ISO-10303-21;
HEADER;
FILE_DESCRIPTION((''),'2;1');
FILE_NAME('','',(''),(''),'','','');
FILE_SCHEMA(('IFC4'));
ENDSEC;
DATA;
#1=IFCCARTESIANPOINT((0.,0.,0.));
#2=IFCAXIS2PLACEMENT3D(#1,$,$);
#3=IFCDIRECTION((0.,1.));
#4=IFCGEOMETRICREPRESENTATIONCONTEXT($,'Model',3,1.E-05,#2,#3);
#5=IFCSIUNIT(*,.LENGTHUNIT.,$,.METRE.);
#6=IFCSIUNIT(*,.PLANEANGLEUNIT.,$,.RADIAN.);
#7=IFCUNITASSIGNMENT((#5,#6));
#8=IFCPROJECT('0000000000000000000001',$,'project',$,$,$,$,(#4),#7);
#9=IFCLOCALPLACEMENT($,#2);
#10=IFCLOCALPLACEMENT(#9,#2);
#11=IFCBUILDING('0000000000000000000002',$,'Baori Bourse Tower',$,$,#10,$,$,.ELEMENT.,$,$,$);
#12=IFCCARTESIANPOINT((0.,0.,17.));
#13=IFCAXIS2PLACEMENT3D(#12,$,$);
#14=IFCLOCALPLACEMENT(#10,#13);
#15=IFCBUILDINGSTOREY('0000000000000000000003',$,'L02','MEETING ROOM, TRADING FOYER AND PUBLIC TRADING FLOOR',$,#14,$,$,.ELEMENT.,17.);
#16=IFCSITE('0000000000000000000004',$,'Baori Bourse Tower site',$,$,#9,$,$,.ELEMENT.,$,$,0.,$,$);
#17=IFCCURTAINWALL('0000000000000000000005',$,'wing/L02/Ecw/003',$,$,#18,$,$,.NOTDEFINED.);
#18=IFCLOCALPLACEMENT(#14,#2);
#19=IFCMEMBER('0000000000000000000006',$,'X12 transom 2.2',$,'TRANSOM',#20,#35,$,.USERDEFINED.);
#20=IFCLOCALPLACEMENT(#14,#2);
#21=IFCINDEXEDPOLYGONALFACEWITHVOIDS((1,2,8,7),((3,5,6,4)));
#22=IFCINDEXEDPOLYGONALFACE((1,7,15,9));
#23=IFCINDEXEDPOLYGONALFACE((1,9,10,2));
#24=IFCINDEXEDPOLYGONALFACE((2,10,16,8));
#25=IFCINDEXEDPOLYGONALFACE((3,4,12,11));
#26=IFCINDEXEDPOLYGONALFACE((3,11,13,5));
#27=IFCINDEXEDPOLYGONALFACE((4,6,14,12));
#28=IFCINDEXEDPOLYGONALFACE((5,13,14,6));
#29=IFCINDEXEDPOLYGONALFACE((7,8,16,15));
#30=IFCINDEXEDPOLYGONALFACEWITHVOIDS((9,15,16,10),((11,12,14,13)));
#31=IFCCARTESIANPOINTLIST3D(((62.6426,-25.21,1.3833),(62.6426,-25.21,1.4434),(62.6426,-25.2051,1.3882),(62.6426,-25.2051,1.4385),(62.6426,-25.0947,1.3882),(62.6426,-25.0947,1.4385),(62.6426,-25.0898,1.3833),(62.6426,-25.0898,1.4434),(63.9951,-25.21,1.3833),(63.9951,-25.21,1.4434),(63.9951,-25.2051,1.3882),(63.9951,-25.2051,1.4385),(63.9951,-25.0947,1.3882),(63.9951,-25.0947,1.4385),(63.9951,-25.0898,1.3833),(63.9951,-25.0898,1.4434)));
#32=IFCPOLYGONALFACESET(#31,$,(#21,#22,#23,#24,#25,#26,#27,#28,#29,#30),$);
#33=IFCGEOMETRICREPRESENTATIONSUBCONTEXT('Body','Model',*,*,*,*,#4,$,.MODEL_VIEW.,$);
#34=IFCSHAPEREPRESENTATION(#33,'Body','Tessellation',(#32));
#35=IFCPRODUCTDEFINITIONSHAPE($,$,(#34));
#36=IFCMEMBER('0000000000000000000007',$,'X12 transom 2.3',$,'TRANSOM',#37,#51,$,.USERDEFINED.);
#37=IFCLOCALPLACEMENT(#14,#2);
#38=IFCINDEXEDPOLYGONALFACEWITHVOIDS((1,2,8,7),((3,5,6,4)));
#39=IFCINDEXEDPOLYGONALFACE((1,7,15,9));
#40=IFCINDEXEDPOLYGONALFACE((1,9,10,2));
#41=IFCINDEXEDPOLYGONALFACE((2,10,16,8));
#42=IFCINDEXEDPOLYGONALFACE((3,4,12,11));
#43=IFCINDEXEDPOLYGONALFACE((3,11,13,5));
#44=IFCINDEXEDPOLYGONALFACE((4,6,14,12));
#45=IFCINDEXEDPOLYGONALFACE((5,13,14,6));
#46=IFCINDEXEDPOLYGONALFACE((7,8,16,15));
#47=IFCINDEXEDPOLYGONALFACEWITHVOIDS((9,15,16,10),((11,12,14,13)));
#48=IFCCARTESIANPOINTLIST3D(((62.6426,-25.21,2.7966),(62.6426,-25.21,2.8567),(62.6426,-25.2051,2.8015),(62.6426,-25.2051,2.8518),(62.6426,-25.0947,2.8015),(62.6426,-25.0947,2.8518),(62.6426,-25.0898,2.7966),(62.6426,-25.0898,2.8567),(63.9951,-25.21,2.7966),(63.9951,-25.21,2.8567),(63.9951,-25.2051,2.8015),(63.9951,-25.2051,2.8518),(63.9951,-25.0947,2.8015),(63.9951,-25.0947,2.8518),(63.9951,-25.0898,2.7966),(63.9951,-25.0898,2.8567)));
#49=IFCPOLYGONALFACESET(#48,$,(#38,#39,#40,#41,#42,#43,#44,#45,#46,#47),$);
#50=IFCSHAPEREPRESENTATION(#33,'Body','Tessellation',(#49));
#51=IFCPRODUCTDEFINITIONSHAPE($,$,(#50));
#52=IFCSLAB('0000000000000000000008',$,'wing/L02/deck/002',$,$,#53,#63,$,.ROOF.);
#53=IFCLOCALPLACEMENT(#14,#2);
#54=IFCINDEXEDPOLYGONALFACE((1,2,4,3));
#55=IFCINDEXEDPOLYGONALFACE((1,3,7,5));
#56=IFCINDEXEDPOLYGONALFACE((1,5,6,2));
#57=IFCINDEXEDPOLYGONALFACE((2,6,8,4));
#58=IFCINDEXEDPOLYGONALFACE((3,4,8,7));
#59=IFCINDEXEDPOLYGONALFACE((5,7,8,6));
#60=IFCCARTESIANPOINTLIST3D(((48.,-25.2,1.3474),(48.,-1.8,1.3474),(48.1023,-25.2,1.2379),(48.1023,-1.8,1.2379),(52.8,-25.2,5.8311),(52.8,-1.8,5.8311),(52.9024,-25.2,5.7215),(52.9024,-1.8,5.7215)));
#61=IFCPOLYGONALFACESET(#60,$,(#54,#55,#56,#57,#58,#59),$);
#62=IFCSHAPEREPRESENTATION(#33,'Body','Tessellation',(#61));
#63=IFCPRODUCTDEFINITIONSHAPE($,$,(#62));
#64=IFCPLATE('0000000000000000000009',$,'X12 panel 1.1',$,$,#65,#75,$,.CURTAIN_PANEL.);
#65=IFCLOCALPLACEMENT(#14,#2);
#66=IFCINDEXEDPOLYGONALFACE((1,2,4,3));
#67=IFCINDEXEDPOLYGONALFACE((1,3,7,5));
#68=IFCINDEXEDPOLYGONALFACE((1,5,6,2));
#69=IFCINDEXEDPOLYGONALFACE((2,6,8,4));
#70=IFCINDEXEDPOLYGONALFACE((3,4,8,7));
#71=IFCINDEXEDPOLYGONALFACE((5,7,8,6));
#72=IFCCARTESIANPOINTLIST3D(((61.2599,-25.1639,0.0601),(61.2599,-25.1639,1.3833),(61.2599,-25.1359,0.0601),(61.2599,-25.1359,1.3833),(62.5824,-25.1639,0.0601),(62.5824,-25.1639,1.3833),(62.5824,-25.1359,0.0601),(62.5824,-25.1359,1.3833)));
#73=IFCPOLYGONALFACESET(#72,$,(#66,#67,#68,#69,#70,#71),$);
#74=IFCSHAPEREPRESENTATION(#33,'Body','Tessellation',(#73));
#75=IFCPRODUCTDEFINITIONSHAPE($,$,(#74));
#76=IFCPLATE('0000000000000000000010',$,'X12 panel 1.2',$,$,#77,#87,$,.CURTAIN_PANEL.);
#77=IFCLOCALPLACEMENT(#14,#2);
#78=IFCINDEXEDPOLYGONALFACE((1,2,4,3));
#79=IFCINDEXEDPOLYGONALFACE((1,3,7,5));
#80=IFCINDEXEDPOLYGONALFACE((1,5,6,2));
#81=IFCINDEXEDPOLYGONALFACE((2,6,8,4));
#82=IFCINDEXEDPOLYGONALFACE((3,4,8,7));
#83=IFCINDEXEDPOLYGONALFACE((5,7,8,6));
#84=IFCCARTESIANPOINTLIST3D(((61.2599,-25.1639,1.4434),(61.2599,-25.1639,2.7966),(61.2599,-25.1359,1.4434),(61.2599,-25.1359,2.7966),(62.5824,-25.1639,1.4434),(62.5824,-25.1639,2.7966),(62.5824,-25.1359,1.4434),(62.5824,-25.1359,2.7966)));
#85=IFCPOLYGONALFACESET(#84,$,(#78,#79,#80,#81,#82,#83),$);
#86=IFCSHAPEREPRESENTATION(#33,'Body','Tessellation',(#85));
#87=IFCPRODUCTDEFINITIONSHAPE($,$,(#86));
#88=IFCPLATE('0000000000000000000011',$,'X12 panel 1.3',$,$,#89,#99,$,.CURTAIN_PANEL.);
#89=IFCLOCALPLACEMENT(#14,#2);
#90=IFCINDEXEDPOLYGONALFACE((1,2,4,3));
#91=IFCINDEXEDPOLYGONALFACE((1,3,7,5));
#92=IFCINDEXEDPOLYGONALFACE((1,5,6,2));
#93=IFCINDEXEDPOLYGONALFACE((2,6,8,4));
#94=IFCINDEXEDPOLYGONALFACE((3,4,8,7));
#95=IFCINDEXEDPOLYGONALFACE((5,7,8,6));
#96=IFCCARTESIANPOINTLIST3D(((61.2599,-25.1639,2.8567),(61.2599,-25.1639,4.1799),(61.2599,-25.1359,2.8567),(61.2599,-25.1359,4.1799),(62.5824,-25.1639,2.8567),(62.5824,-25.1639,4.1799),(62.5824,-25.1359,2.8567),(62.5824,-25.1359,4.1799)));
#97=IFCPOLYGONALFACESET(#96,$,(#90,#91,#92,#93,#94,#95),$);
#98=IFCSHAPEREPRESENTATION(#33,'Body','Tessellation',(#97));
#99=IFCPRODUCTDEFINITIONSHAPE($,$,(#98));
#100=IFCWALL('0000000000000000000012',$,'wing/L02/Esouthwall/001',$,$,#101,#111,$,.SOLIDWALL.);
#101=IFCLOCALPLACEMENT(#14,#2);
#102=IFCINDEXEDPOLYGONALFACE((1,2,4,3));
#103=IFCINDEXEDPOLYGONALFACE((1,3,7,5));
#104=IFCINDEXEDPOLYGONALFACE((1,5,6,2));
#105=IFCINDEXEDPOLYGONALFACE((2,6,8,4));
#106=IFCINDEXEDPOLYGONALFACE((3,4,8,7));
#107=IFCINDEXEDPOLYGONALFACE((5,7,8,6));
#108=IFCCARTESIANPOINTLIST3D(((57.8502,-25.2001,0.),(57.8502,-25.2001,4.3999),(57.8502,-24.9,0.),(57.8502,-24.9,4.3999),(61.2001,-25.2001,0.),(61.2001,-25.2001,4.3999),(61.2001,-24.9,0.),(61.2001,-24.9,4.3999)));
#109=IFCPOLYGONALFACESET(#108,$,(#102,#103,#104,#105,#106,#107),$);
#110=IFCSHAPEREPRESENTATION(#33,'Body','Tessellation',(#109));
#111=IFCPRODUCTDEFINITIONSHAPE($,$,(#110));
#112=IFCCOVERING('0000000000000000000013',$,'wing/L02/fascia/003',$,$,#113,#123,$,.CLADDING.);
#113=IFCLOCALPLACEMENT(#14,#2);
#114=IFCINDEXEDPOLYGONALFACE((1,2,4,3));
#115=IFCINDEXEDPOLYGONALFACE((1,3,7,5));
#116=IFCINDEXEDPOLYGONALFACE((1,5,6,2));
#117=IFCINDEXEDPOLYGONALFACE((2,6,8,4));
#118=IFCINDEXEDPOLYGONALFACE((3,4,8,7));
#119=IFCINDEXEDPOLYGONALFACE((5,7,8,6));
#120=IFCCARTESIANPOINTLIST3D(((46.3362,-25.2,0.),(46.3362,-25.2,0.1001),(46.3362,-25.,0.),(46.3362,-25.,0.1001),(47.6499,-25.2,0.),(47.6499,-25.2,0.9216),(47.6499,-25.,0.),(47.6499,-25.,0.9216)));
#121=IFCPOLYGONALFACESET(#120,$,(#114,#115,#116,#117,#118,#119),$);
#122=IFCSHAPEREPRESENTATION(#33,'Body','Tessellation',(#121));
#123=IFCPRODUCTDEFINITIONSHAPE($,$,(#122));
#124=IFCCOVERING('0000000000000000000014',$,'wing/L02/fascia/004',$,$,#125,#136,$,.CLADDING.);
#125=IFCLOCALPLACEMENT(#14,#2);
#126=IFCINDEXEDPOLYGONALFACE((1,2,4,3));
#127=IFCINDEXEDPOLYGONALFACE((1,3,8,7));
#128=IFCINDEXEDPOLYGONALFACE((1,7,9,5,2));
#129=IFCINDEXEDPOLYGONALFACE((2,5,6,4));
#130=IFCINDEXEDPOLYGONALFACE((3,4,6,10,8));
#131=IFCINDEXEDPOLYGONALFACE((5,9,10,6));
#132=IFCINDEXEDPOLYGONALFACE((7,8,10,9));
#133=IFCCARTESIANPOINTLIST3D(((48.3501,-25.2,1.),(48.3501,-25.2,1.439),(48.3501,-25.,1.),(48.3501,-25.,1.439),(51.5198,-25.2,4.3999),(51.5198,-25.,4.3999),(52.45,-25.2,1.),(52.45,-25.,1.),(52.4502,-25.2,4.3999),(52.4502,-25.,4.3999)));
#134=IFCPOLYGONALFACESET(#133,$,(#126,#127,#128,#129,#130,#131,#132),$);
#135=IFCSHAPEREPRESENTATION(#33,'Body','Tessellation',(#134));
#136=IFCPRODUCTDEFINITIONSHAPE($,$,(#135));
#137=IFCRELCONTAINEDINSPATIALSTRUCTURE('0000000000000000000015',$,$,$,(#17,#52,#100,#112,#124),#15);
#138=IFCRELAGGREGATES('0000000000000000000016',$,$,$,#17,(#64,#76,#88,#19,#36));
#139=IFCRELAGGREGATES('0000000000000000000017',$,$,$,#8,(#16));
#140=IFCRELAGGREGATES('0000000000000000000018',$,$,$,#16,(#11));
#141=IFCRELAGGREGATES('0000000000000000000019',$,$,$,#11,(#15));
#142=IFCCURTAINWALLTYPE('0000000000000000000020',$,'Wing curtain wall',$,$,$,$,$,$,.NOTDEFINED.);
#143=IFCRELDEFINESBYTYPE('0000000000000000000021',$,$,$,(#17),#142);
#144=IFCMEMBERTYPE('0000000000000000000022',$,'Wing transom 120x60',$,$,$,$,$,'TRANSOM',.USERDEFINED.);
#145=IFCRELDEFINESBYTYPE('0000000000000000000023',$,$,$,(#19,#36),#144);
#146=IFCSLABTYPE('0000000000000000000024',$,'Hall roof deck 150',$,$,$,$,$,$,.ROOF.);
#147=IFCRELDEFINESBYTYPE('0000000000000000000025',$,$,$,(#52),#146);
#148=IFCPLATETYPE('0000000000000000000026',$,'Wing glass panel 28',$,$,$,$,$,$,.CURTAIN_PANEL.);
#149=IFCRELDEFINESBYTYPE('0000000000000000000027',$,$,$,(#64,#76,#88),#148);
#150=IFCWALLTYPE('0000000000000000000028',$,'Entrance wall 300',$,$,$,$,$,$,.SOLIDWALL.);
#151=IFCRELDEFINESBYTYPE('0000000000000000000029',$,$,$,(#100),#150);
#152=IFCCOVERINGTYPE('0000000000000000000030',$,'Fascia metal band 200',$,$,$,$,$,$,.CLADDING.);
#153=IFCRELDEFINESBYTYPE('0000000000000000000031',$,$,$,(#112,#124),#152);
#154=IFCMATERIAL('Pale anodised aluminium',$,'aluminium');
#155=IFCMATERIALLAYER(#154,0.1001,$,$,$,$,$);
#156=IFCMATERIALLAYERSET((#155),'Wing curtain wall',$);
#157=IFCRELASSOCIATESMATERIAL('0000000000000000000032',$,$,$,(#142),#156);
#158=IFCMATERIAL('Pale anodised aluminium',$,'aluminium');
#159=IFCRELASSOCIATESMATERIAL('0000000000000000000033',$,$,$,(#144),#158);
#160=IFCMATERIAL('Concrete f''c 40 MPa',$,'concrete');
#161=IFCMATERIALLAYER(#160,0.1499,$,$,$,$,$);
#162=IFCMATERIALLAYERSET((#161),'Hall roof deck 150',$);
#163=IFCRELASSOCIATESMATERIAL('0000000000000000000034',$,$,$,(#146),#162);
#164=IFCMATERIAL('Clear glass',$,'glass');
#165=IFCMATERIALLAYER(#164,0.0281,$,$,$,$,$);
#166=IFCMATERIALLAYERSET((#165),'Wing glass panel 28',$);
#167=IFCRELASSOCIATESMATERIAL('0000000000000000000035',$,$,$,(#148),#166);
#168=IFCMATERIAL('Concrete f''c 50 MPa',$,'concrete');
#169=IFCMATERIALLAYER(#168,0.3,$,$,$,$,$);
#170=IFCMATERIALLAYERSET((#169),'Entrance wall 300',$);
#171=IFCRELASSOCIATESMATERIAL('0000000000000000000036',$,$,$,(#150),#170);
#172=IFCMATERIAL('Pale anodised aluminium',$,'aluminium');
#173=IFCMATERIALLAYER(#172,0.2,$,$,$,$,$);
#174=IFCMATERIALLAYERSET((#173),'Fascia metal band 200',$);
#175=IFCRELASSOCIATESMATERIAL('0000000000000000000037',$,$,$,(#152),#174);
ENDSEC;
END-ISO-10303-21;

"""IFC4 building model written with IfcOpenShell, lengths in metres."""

from ifc_helpers import new_model, si_unit, direction, frame, frame_2d, origin, origin_2d, place, context, subcontext, project, spatial, polyline, rectangle, hollow_rectangle, outline, extrude, material, layer, layer_set, material_profile, profile_set, type_object, element, aggregate, save


model = new_model("IFC4")

# Units and contexts
model_context = context("Model", 3, precision=1e-05, world=origin(), true_north=direction((0.0, 1.0)))
body_context = subcontext(model_context, "Body", "Model", "MODEL_VIEW")
ifc_project = project(units=[si_unit("LENGTHUNIT", "METRE"), si_unit("PLANEANGLEUNIT", "RADIAN")], contexts=[model_context])

# Site, building, storey
site_placement = place(None, origin())
site = spatial("IfcSite", under=ifc_project, at=site_placement, Name="Baori Bourse Tower site", CompositionType="ELEMENT", RefElevation=0.0)
building_placement = place(site_placement, origin())
building = spatial("IfcBuilding", under=site, at=building_placement, Name="Baori Bourse Tower", CompositionType="ELEMENT")
storey_placement = place(building_placement, frame((0.0, 0.0, 17.0)))
storey = spatial("IfcBuildingStorey", under=building, at=storey_placement, Name="L02", Description="MEETING ROOM, TRADING FOYER AND PUBLIC TRADING FLOOR", CompositionType="ELEMENT", Elevation=17.0)

# Curtain wall, members
ifc_material_1 = material(Name="Pale anodised aluminium", Category="aluminium")
ifc_layer_1 = layer(ifc_material_1, 0.1001)
ifc_layer_set_1 = layer_set([ifc_layer_1], Name="Wing curtain wall")
curtain_wall_type = type_object("IfcCurtainWallType", Name="Wing curtain wall", PredefinedType="NOTDEFINED", material=ifc_layer_set_1)
curtain_wall_placement = place(storey_placement, origin())
curtain_wall = element("IfcCurtainWall", 1, at=curtain_wall_placement, inside=storey, type_object=curtain_wall_type, Name="wing/L02/Ecw/003", PredefinedType="NOTDEFINED")
ifc_material_2 = material(Name="Pale anodised aluminium", Category="aluminium")
ifc_material_profile_1 = material_profile(ifc_material_2, hollow_rectangle(XDim=0.1201, YDim=0.0601, WallThickness=0.0049, at=origin_2d()), Name="Transom 120x60x5")
ifc_profile_set_1 = profile_set([ifc_material_profile_1], Name="Pale anodised aluminium")
member_type_1 = type_object("IfcMemberType", Name="Wing transom 120x60", ElementType="TRANSOM", PredefinedType="USERDEFINED", material=ifc_profile_set_1)
member_1_placement = place(storey_placement, frame((62.6426, -25.1499, 1.4133), z_axis=(1.0, 0.0, 0.0), x_axis=(0.0, 1.0, 0.0)))
member_1 = element("IfcMember", 2, at=member_1_placement, type_object=member_type_1, Name="X12 transom 2.2", ObjectType="TRANSOM", PredefinedType="USERDEFINED", context=body_context, shape_type="SweptSolid", body=[
    extrude(hollow_rectangle(XDim=0.1201, YDim=0.0601, WallThickness=0.0049, at=origin_2d()), origin(), (0.0, 0.0, 1.0), 1.3525),
])
member_2_placement = place(storey_placement, frame((62.6426, -25.1499, 2.8267), z_axis=(1.0, 0.0, 0.0), x_axis=(0.0, 1.0, 0.0)))
member_2 = element("IfcMember", 3, at=member_2_placement, type_object=member_type_1, Name="X12 transom 2.3", ObjectType="TRANSOM", PredefinedType="USERDEFINED", context=body_context, shape_type="SweptSolid", body=[
    extrude(hollow_rectangle(XDim=0.1201, YDim=0.0601, WallThickness=0.0049, at=origin_2d()), origin(), (0.0, 0.0, 1.0), 1.3525),
])

# Slab
ifc_material_3 = material(Name="Concrete f'c 40 MPa", Category="concrete")
ifc_layer_2 = layer(ifc_material_3, 0.1499)
ifc_layer_set_2 = layer_set([ifc_layer_2], Name="Hall roof deck 150")
slab_type = type_object("IfcSlabType", Name="Hall roof deck 150", PredefinedType="ROOF", material=ifc_layer_set_2)
slab_placement = place(storey_placement, frame((48.0, -25.2, 1.3474), z_axis=(-0.682611, 0.0, 0.730782), x_axis=(0.730782, 0.0, 0.682611)))
element("IfcSlab", 4, at=slab_placement, inside=storey, type_object=slab_type, Name="wing/L02/deck/002", PredefinedType="ROOF", context=body_context, shape_type="SweptSolid", body=[
    extrude(outline(polyline([(0.0, 0.0), (6.5684, 0.0), (6.5684, 23.3999), (0.0, 23.3999), (0.0, 0.0)])), origin(), (0.0, 0.0, -1.0), 0.1499),
])

# Plates
ifc_material_4 = material(Name="Clear glass", Category="glass")
ifc_layer_3 = layer(ifc_material_4, 0.0281)
ifc_layer_set_3 = layer_set([ifc_layer_3], Name="Wing glass panel 28")
plate_type = type_object("IfcPlateType", Name="Wing glass panel 28", PredefinedType="CURTAIN_PANEL", material=ifc_layer_set_3)
plate_1_placement = place(storey_placement, frame((61.9211, -25.1499, 0.0601), z_axis=(0.0, 0.0, 1.0), x_axis=(1.0, 0.0, 0.0)))
plate_1 = element("IfcPlate", 5, at=plate_1_placement, type_object=plate_type, Name="X12 panel 1.1", PredefinedType="CURTAIN_PANEL", context=body_context, shape_type="SweptSolid", body=[
    extrude(rectangle(XDim=1.3225, YDim=0.0281, at=origin_2d()), origin(), (0.0, 0.0, 1.0), 1.3232),
])
plate_2_placement = place(storey_placement, frame((61.9211, -25.1499, 1.4434), z_axis=(0.0, 0.0, 1.0), x_axis=(1.0, 0.0, 0.0)))
plate_2 = element("IfcPlate", 6, at=plate_2_placement, type_object=plate_type, Name="X12 panel 1.2", PredefinedType="CURTAIN_PANEL", context=body_context, shape_type="SweptSolid", body=[
    extrude(rectangle(XDim=1.3225, YDim=0.0281, at=origin_2d()), origin(), (0.0, 0.0, 1.0), 1.3533),
])
plate_3_placement = place(storey_placement, frame((61.9211, -25.1499, 2.8567), z_axis=(0.0, 0.0, 1.0), x_axis=(1.0, 0.0, 0.0)))
plate_3 = element("IfcPlate", 7, at=plate_3_placement, type_object=plate_type, Name="X12 panel 1.3", PredefinedType="CURTAIN_PANEL", context=body_context, shape_type="SweptSolid", body=[
    extrude(rectangle(XDim=1.3225, YDim=0.0281, at=origin_2d()), origin(), (0.0, 0.0, 1.0), 1.3232),
])
aggregate(curtain_wall, [plate_1, plate_2, plate_3, member_1, member_2])

# Wall
ifc_material_5 = material(Name="Concrete f'c 50 MPa", Category="concrete")
ifc_layer_4 = layer(ifc_material_5, 0.3)
ifc_layer_set_4 = layer_set([ifc_layer_4], Name="Entrance wall 300")
wall_type = type_object("IfcWallType", Name="Entrance wall 300", PredefinedType="SOLIDWALL", material=ifc_layer_set_4)
wall_placement = place(storey_placement, frame((61.2, -25.05, 0.0), z_axis=(0.0, 0.0, 1.0), x_axis=(-1.0, 0.0, 0.0)))
element("IfcWall", 8, at=wall_placement, inside=storey, type_object=wall_type, Name="wing/L02/Esouthwall/001", PredefinedType="SOLIDWALL", context=body_context, shape_type="SweptSolid", body=[
    extrude(rectangle(XDim=3.3499, YDim=0.3, at=frame_2d((1.6748, 0.0))), origin(), (0.0, 0.0, 1.0), 4.3999),
])

# Coverings
ifc_material_6 = material(Name="Pale anodised aluminium", Category="aluminium")
ifc_layer_5 = layer(ifc_material_6, 0.2)
ifc_layer_set_5 = layer_set([ifc_layer_5], Name="Fascia metal band 200")
covering_type = type_object("IfcCoveringType", Name="Fascia metal band 200", PredefinedType="CLADDING", material=ifc_layer_set_5)
covering_1_placement = place(storey_placement, frame((46.3362, -25.1001, 0.0), z_axis=(0.0, 0.0, 1.0), x_axis=(1.0, 0.0, 0.0)))
element("IfcCovering", 9, at=covering_1_placement, inside=storey, type_object=covering_type, Name="wing/L02/fascia/003", PredefinedType="CLADDING", context=body_context, shape_type="SweptSolid", body=[
    extrude(outline(polyline([(0.0, 0.0), (1.3137, 0.0), (1.3137, 0.9216), (0.0, 0.1001), (0.0, 0.0)])), frame((0.0, 0.1001, 0.0), z_axis=(0.0, -1.0, 0.0), x_axis=(1.0, 0.0, 0.0)), (0.0, 0.0, 1.0), 0.2),
])
covering_2_placement = place(storey_placement, frame((48.3501, -25.1001, 1.0), z_axis=(0.0, 0.0, 1.0), x_axis=(1.0, 0.0, 0.0)))
element("IfcCovering", 10, at=covering_2_placement, inside=storey, type_object=covering_type, Name="wing/L02/fascia/004", PredefinedType="CLADDING", context=body_context, shape_type="SweptSolid", body=[
    extrude(outline(polyline([(0.0, 0.0), (4.0999, 0.0), (4.1001, 3.3999), (3.1697, 3.3999), (0.0, 0.439), (0.0, 0.0)])), frame((0.0, 0.1001, 0.0), z_axis=(0.0, -1.0, 0.0), x_axis=(1.0, 0.0, 0.0)), (0.0, 0.0, 1.0), 0.2),
])

save(model, "model.ifc")
